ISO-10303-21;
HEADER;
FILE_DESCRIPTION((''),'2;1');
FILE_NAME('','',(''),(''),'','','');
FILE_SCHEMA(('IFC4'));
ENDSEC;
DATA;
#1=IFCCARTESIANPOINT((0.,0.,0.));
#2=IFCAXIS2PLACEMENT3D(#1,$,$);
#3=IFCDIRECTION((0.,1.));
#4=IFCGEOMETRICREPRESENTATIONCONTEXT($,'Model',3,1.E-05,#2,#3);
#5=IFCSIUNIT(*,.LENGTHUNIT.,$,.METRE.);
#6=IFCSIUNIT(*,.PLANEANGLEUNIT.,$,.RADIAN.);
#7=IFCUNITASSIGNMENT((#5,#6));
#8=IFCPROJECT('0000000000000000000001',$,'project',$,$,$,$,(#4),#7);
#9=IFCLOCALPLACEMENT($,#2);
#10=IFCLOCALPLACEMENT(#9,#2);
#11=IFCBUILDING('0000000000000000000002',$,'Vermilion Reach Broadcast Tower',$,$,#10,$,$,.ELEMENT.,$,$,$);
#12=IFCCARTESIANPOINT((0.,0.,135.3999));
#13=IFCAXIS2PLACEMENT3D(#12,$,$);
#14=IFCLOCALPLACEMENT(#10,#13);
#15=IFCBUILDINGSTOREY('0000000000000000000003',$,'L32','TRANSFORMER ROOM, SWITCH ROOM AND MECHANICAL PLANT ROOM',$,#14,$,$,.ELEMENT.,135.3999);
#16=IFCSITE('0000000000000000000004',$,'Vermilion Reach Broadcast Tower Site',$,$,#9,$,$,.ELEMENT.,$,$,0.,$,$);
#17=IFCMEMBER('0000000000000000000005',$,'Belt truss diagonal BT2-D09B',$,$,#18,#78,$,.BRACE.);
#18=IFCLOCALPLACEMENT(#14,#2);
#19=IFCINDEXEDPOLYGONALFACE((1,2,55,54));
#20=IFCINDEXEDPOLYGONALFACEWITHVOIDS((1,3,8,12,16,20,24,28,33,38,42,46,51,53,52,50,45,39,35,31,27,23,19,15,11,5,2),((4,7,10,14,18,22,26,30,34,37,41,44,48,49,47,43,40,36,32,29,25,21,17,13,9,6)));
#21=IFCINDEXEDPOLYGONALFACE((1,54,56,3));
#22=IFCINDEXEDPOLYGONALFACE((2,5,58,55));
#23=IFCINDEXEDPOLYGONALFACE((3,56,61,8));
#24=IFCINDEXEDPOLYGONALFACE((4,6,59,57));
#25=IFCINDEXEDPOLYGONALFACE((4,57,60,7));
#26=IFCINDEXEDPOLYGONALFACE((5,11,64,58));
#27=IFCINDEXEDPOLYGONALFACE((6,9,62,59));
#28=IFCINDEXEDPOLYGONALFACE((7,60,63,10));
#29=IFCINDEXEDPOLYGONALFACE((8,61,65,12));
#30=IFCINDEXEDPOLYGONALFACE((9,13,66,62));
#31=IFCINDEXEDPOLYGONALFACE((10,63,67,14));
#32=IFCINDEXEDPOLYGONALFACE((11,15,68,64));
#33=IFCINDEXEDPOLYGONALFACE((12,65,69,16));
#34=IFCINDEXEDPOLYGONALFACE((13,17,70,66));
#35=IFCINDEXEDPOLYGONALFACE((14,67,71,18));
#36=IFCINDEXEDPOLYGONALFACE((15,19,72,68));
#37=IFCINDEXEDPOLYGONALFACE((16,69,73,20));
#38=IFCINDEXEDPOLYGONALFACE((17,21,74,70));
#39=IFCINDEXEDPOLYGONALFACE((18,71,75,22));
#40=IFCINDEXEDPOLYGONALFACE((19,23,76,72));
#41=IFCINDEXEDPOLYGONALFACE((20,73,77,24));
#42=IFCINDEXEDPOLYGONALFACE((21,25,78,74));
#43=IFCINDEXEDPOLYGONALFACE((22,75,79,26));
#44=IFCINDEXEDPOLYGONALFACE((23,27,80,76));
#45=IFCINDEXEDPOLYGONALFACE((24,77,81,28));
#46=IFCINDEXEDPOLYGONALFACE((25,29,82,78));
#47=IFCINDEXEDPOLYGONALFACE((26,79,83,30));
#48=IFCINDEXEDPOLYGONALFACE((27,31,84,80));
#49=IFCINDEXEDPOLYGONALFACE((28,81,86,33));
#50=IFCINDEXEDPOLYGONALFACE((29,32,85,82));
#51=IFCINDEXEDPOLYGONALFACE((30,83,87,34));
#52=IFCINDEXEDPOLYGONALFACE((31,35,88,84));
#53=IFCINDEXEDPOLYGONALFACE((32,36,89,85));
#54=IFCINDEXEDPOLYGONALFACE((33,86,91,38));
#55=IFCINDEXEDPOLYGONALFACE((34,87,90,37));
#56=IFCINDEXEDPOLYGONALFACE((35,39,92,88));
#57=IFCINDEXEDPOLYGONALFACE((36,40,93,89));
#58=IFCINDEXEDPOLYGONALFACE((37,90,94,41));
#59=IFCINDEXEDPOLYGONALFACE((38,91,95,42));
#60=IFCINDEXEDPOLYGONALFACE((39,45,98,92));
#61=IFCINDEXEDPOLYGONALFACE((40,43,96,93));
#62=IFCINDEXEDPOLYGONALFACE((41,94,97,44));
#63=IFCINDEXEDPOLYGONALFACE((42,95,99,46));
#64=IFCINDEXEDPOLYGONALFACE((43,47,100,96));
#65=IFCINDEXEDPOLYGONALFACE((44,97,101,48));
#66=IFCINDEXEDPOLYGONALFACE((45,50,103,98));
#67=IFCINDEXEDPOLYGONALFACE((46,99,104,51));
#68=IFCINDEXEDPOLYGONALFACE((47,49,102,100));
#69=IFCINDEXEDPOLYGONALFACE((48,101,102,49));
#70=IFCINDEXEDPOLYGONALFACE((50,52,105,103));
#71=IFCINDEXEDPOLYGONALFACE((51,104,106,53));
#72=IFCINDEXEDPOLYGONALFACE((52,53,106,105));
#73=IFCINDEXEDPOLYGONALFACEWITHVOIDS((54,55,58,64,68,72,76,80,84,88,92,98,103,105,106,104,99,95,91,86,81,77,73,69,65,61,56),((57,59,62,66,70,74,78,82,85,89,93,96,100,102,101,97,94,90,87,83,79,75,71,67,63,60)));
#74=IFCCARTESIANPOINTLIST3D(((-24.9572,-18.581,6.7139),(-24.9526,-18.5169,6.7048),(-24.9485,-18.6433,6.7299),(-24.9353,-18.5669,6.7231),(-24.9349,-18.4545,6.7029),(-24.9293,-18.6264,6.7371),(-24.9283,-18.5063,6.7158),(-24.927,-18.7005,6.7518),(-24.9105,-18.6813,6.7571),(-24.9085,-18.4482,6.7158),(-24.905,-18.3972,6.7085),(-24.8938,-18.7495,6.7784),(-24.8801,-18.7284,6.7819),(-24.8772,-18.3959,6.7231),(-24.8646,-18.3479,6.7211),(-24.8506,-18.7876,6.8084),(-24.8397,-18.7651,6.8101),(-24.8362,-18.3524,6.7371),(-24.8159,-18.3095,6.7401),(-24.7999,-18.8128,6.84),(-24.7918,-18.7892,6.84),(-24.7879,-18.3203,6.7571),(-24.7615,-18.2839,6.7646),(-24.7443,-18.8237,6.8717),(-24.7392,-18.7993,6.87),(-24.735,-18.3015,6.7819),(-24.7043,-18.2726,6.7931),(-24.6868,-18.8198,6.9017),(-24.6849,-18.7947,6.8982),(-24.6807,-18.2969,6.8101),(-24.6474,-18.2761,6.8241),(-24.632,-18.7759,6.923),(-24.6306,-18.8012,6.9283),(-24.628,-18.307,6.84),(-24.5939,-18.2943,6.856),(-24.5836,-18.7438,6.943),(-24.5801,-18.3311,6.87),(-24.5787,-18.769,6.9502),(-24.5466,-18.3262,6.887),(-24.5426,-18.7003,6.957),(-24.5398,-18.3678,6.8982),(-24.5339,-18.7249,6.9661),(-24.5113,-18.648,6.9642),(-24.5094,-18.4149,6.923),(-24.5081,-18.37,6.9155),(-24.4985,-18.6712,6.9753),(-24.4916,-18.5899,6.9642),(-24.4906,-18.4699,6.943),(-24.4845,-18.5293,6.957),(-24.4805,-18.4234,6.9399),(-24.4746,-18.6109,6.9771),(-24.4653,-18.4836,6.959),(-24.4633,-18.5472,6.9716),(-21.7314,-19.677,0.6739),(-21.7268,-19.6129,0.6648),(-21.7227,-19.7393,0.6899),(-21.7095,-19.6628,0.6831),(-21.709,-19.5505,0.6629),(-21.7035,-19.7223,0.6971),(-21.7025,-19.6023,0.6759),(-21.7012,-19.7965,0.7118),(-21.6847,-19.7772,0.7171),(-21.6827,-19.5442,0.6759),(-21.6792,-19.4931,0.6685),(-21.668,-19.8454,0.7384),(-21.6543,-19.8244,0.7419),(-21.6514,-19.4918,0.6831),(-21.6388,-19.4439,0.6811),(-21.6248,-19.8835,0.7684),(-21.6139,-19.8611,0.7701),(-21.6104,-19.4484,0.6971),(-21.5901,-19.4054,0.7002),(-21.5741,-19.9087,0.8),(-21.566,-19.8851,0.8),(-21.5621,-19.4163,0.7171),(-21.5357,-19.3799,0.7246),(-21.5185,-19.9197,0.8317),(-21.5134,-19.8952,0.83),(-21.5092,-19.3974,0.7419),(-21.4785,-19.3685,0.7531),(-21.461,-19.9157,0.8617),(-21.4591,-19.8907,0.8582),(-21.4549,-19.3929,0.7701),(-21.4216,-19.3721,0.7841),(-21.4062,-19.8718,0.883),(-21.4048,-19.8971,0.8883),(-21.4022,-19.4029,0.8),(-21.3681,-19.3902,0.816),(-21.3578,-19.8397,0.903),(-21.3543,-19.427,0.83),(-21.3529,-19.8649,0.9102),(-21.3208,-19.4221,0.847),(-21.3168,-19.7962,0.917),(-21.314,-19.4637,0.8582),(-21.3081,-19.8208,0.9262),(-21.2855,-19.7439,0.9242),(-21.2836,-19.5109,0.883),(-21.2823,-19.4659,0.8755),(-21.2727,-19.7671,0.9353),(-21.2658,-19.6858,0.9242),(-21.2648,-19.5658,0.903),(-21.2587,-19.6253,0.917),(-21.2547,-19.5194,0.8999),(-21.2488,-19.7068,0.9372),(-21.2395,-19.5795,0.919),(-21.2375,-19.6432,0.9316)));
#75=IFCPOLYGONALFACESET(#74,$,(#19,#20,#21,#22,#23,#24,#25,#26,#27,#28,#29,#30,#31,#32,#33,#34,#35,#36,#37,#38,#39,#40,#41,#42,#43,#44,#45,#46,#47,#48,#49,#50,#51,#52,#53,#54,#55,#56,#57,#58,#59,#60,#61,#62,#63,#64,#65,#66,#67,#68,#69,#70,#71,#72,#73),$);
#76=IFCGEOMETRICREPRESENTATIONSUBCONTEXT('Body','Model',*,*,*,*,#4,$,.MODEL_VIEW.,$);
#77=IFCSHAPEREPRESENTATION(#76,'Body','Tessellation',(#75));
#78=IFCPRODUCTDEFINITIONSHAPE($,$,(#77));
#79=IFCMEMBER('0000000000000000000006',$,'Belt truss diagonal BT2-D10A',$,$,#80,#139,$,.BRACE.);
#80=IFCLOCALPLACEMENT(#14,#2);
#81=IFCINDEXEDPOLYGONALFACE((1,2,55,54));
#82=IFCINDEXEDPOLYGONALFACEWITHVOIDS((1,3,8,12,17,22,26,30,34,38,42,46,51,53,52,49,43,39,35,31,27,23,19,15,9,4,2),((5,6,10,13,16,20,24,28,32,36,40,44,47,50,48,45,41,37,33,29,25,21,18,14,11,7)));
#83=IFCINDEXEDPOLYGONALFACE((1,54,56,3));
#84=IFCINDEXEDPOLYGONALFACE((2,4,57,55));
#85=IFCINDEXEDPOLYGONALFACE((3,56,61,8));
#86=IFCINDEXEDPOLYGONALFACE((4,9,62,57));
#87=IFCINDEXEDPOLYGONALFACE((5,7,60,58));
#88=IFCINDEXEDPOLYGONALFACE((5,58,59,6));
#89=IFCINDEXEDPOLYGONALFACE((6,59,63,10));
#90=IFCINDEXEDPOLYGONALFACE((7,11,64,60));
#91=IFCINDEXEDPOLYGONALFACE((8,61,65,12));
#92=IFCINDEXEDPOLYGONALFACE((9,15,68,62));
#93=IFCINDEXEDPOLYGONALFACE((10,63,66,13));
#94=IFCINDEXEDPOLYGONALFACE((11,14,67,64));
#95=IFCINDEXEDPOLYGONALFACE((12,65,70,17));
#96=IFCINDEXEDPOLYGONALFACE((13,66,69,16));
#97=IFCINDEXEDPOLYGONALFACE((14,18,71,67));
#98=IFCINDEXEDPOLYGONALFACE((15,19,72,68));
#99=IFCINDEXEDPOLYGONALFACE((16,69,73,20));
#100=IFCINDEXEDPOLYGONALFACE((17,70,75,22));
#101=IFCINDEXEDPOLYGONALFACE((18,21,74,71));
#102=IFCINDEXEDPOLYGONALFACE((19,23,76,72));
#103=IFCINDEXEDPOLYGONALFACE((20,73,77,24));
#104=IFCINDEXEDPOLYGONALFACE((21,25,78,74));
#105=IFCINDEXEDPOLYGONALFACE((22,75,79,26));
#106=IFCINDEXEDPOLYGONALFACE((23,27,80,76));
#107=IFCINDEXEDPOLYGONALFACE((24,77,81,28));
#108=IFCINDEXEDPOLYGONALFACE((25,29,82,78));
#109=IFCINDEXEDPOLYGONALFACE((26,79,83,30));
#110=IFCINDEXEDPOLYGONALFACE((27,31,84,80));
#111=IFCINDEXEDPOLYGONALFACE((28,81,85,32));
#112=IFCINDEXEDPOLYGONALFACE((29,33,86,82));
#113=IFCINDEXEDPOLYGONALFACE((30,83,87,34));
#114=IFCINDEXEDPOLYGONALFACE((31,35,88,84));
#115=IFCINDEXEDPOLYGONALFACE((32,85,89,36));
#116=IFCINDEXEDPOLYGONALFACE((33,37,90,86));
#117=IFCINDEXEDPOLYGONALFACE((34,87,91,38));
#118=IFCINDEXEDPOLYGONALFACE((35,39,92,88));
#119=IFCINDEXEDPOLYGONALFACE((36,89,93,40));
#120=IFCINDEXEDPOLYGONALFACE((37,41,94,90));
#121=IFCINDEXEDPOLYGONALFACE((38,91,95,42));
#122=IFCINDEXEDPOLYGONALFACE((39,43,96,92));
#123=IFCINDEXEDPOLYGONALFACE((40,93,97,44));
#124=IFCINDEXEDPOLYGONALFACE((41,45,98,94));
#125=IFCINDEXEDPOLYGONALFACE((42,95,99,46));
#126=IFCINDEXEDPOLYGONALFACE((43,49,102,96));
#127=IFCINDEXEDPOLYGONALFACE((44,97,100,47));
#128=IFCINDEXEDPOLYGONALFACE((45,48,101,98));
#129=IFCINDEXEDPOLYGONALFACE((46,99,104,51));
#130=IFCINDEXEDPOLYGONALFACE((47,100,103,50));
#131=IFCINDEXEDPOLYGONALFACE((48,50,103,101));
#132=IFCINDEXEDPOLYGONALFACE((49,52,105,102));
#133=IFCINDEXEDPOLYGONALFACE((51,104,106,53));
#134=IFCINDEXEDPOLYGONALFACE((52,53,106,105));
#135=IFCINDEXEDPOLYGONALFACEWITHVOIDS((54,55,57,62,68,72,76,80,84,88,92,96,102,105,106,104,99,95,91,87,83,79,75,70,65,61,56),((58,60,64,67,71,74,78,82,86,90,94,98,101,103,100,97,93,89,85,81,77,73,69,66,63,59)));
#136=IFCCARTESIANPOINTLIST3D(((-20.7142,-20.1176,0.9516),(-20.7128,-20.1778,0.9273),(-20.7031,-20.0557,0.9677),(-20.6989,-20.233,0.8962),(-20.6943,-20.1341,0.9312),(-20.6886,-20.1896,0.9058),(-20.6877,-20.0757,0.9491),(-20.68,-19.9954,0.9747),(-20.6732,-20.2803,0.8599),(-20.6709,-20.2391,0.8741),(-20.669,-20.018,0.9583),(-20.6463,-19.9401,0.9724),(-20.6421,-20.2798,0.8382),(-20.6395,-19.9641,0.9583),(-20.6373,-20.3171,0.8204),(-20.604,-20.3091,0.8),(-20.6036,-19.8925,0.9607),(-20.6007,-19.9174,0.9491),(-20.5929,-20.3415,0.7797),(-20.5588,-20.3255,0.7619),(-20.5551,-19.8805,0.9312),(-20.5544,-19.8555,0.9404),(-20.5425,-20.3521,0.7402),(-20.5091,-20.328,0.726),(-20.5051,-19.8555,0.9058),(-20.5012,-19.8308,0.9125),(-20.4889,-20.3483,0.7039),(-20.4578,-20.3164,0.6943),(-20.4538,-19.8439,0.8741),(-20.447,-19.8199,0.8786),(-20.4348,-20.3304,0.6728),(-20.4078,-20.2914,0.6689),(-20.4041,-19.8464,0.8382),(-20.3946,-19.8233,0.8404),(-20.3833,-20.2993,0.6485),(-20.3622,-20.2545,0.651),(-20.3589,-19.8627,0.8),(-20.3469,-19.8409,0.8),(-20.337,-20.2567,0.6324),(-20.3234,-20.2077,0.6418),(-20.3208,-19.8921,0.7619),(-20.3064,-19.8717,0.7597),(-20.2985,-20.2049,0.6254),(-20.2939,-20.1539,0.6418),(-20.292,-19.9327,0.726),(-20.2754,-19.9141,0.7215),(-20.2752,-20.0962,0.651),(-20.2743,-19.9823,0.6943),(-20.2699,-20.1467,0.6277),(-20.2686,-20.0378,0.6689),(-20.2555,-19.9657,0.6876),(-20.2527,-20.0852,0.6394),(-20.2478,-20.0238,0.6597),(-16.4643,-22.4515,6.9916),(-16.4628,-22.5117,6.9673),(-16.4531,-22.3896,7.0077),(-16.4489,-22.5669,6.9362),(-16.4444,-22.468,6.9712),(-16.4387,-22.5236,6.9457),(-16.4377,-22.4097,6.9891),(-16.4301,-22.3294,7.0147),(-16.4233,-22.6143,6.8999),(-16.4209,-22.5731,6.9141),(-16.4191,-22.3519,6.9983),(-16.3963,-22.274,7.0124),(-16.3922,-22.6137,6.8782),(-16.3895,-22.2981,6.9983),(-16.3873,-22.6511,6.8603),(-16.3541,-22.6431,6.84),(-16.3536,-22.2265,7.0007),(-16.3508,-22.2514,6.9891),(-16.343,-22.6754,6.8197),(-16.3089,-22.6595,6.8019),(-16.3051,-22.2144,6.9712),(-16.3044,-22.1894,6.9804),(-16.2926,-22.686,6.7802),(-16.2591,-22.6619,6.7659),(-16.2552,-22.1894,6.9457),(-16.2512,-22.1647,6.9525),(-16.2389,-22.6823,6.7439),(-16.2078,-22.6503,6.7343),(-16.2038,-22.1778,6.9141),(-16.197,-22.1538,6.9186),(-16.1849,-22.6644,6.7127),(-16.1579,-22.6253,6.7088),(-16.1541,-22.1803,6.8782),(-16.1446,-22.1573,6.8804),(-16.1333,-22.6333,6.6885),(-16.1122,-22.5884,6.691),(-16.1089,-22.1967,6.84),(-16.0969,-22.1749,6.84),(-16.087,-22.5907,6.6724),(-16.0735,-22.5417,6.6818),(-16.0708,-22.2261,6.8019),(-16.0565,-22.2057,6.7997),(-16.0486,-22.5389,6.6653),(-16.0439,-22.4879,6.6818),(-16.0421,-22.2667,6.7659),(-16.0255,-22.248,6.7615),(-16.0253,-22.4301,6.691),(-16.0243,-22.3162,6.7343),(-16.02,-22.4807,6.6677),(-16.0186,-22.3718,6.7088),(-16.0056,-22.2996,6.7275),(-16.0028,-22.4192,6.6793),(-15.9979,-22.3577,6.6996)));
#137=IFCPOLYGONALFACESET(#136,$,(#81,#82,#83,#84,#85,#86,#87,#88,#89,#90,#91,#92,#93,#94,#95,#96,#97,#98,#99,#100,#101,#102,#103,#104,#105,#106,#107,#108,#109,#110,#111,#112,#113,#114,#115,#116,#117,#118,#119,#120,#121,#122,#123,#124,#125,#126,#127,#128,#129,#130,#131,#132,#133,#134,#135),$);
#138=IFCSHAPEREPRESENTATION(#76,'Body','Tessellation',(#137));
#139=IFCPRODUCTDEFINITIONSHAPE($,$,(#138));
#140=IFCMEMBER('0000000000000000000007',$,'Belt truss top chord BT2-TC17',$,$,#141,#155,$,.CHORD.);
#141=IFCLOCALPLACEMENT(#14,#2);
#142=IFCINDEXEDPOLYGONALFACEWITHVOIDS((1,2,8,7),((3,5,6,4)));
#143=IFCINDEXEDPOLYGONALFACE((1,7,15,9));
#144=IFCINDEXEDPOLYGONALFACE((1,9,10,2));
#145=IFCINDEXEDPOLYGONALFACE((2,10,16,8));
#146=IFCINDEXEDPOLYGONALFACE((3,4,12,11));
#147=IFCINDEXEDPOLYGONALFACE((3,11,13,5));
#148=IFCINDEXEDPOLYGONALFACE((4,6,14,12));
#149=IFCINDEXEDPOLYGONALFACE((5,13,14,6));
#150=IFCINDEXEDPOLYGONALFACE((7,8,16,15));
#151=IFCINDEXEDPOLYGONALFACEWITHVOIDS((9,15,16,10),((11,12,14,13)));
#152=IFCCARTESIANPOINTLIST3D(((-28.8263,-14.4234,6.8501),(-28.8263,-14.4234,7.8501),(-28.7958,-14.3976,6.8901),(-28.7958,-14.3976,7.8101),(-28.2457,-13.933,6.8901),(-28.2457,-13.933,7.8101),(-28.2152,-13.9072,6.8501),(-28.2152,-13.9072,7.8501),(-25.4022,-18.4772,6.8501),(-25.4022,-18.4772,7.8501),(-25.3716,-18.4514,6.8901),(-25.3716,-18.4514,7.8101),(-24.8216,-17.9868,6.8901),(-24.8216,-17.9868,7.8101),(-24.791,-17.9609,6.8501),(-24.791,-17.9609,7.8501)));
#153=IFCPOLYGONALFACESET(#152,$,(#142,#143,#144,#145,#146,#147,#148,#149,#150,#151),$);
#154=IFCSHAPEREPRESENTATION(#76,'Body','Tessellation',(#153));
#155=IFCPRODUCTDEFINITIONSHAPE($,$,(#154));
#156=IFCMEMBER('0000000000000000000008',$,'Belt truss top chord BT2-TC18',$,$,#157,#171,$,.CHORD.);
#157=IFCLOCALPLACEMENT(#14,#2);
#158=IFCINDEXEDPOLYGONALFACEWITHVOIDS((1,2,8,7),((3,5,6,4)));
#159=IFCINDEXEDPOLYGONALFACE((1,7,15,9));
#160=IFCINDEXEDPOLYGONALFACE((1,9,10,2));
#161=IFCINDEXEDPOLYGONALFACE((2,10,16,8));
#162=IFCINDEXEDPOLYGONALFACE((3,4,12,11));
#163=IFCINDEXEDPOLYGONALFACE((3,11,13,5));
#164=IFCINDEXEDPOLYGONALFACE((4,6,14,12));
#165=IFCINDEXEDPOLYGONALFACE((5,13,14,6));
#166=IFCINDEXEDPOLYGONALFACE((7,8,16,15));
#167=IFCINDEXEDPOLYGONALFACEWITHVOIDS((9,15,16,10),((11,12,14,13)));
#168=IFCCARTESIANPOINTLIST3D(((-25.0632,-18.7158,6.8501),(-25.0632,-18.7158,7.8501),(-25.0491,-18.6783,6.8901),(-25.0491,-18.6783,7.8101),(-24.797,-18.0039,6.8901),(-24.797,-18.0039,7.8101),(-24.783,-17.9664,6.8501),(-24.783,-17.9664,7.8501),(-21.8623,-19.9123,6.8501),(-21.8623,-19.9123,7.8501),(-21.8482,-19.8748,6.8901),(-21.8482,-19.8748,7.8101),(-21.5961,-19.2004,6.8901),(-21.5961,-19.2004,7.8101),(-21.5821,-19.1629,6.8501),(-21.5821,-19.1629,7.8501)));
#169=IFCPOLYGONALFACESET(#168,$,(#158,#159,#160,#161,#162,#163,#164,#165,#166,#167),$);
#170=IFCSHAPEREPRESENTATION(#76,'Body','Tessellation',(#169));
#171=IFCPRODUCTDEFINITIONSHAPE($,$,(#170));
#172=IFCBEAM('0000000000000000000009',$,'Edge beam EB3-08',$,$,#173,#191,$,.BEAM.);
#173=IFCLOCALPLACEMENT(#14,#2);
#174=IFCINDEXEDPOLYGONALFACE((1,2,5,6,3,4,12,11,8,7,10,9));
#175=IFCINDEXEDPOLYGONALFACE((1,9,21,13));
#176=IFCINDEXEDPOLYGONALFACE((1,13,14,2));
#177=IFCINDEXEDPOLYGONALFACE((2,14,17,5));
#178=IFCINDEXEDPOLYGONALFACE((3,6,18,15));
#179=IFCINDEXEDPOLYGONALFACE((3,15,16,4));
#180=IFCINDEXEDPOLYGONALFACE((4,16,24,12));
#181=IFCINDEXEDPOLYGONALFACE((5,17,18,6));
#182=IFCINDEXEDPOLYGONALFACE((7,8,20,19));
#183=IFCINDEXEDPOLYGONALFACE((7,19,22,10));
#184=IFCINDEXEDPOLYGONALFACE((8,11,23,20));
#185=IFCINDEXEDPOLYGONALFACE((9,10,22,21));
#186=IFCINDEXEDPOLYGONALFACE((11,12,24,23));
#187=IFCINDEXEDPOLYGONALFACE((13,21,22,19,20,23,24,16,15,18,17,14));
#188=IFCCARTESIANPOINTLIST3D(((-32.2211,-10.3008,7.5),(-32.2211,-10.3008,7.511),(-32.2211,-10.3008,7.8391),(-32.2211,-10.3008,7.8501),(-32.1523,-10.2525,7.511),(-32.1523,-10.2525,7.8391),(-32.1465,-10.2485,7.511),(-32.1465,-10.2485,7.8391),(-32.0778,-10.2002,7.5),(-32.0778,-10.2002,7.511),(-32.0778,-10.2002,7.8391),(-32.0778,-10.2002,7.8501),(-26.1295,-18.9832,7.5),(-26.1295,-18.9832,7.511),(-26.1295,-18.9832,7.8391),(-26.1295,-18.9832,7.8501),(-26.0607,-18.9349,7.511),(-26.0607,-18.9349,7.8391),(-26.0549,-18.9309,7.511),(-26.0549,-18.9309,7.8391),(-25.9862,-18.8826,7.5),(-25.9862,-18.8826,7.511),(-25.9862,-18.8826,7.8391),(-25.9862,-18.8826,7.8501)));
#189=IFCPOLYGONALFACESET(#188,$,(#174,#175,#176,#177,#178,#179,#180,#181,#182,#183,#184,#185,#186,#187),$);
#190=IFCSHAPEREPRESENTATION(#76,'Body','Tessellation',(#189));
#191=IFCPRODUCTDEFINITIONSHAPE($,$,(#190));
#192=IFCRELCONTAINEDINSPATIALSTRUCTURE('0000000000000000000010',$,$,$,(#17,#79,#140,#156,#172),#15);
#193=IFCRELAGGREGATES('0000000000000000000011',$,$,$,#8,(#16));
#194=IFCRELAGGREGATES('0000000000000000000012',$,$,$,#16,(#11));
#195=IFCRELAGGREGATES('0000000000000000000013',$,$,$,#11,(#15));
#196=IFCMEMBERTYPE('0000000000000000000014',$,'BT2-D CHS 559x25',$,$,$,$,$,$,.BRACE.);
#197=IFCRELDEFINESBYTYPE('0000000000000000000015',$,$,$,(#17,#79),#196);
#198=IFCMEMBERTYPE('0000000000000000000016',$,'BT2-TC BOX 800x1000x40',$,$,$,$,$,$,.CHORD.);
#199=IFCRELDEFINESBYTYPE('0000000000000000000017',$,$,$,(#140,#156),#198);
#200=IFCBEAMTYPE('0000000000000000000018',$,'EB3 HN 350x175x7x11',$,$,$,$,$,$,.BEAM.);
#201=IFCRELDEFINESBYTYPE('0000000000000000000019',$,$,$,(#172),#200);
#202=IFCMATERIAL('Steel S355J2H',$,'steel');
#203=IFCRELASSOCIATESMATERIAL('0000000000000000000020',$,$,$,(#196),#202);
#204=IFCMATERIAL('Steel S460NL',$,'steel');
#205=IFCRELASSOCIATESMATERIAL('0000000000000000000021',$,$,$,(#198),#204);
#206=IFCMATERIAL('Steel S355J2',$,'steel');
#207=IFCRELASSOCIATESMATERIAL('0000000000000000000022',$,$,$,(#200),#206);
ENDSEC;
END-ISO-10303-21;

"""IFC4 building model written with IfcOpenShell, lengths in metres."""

from ifc_helpers import new_model, si_unit, direction, frame, origin, origin_2d, place, context, subcontext, project, spatial, hollow_rectangle, hollow_circle, i_section, extrude, material, material_profile, profile_set, type_object, element, save


model = new_model("IFC4")

# Units and contexts
model_context = context("Model", 3, precision=1e-05, world=origin(), true_north=direction((0.0, 1.0)))
body_context = subcontext(model_context, "Body", "Model", "MODEL_VIEW")
ifc_project = project(units=[si_unit("LENGTHUNIT", "METRE"), si_unit("PLANEANGLEUNIT", "RADIAN")], contexts=[model_context])

# Site, building, storey
site_placement = place(None, origin())
site = spatial("IfcSite", under=ifc_project, at=site_placement, Name="Vermilion Reach Broadcast Tower Site", CompositionType="ELEMENT", RefElevation=0.0)
building_placement = place(site_placement, origin())
building = spatial("IfcBuilding", under=site, at=building_placement, Name="Vermilion Reach Broadcast Tower", CompositionType="ELEMENT")
storey_placement = place(building_placement, frame((0.0, 0.0, 135.3999)))
storey = spatial("IfcBuildingStorey", under=building, at=storey_placement, Name="L32", Description="TRANSFORMER ROOM, SWITCH ROOM AND MECHANICAL PLANT ROOM", CompositionType="ELEMENT", Elevation=135.3999)

# Members
ifc_material_1 = material(Name="Steel S355J2H", Category="steel")
ifc_material_profile_1 = material_profile(ifc_material_1, hollow_circle(Radius=0.2795, WallThickness=0.0249, at=origin_2d()), Name="S355J2H CHS 559x25")
ifc_profile_set_1 = profile_set([ifc_material_profile_1], Name="Steel S355J2H")
member_type_1 = type_object("IfcMemberType", Name="BT2-D CHS 559x25", PredefinedType="BRACE", material=ifc_profile_set_1)
member_1_placement = place(storey_placement, frame((-21.4841, -19.644, 0.8), z_axis=(-0.465177, 0.15804, 0.870996), x_axis=(-0.321683, -0.946847, 0.0)))
element("IfcMember", 1, at=member_1_placement, inside=storey, type_object=member_type_1, Name="Belt truss diagonal BT2-D09B", PredefinedType="BRACE", context=body_context, shape_type="SweptSolid", body=[
    extrude(hollow_circle(Radius=0.2795, WallThickness=0.0249, at=origin_2d()), origin(), (0.0, 0.0, 1.0), 6.9346),
])
member_2_placement = place(storey_placement, frame((-20.4814, -20.0859, 0.8), z_axis=(0.548709, -0.301336, 0.779817), x_axis=(0.481362, 0.876522, 0.0)))
element("IfcMember", 2, at=member_2_placement, inside=storey, type_object=member_type_1, Name="Belt truss diagonal BT2-D10A", PredefinedType="BRACE", context=body_context, shape_type="SweptSolid", body=[
    extrude(hollow_circle(Radius=0.2795, WallThickness=0.0249, at=origin_2d()), origin(), (0.0, 0.0, 1.0), 7.7454),
])
ifc_material_2 = material(Name="Steel S460NL", Category="steel")
ifc_material_profile_2 = material_profile(ifc_material_2, hollow_rectangle(XDim=0.8, YDim=1.0, WallThickness=0.04, at=origin_2d()), Name="S460NL BOX 800x1000x40")
ifc_profile_set_2 = profile_set([ifc_material_profile_2], Name="Steel S460NL")
member_type_2 = type_object("IfcMemberType", Name="BT2-TC BOX 800x1000x40", PredefinedType="CHORD", material=ifc_profile_set_2)
member_3_placement = place(storey_placement, frame((-28.5208, -14.1653, 7.3501), z_axis=(0.645284, -0.763943, 0.0), x_axis=(0.763943, 0.645284, 0.0)))
element("IfcMember", 3, at=member_3_placement, inside=storey, type_object=member_type_2, Name="Belt truss top chord BT2-TC17", PredefinedType="CHORD", context=body_context, shape_type="SweptSolid", body=[
    extrude(hollow_rectangle(XDim=0.8, YDim=1.0, WallThickness=0.04, at=origin_2d()), origin(), (0.0, 0.0, 1.0), 5.3064),
])
member_4_placement = place(storey_placement, frame((-24.9231, -18.3411, 7.3501), z_axis=(0.936696, -0.350145, 0.0), x_axis=(0.350145, 0.936696, 0.0)))
element("IfcMember", 4, at=member_4_placement, inside=storey, type_object=member_type_2, Name="Belt truss top chord BT2-TC18", PredefinedType="CHORD", context=body_context, shape_type="SweptSolid", body=[
    extrude(hollow_rectangle(XDim=0.8, YDim=1.0, WallThickness=0.04, at=origin_2d()), origin(), (0.0, 0.0, 1.0), 3.4172),
])

# Beam
ifc_material_3 = material(Name="Steel S355J2", Category="steel")
ifc_material_profile_3 = material_profile(ifc_material_3, i_section(OverallWidth=0.175, OverallDepth=0.3501, WebThickness=0.0071, FlangeThickness=0.011, at=origin_2d()), Name="S355J2 HN 350x175x7x11")
ifc_profile_set_3 = profile_set([ifc_material_profile_3], Name="Steel S355J2")
beam_type_1 = type_object("IfcBeamType", Name="EB3 HN 350x175x7x11", PredefinedType="BEAM", material=ifc_profile_set_3)
beam_1_placement = place(storey_placement, frame((-32.1494, -10.2505, 7.675), z_axis=(0.574341, -0.818616, 0.0), x_axis=(0.818616, 0.574341, 0.0)))
element("IfcBeam", 5, at=beam_1_placement, inside=storey, type_object=beam_type_1, Name="Edge beam EB3-08", PredefinedType="BEAM", context=body_context, shape_type="SweptSolid", body=[
    extrude(i_section(OverallWidth=0.175, OverallDepth=0.3501, WebThickness=0.0071, FlangeThickness=0.011, at=origin_2d()), origin(), (0.0, 0.0, 1.0), 10.6062),
])

save(model, "model.ifc")
